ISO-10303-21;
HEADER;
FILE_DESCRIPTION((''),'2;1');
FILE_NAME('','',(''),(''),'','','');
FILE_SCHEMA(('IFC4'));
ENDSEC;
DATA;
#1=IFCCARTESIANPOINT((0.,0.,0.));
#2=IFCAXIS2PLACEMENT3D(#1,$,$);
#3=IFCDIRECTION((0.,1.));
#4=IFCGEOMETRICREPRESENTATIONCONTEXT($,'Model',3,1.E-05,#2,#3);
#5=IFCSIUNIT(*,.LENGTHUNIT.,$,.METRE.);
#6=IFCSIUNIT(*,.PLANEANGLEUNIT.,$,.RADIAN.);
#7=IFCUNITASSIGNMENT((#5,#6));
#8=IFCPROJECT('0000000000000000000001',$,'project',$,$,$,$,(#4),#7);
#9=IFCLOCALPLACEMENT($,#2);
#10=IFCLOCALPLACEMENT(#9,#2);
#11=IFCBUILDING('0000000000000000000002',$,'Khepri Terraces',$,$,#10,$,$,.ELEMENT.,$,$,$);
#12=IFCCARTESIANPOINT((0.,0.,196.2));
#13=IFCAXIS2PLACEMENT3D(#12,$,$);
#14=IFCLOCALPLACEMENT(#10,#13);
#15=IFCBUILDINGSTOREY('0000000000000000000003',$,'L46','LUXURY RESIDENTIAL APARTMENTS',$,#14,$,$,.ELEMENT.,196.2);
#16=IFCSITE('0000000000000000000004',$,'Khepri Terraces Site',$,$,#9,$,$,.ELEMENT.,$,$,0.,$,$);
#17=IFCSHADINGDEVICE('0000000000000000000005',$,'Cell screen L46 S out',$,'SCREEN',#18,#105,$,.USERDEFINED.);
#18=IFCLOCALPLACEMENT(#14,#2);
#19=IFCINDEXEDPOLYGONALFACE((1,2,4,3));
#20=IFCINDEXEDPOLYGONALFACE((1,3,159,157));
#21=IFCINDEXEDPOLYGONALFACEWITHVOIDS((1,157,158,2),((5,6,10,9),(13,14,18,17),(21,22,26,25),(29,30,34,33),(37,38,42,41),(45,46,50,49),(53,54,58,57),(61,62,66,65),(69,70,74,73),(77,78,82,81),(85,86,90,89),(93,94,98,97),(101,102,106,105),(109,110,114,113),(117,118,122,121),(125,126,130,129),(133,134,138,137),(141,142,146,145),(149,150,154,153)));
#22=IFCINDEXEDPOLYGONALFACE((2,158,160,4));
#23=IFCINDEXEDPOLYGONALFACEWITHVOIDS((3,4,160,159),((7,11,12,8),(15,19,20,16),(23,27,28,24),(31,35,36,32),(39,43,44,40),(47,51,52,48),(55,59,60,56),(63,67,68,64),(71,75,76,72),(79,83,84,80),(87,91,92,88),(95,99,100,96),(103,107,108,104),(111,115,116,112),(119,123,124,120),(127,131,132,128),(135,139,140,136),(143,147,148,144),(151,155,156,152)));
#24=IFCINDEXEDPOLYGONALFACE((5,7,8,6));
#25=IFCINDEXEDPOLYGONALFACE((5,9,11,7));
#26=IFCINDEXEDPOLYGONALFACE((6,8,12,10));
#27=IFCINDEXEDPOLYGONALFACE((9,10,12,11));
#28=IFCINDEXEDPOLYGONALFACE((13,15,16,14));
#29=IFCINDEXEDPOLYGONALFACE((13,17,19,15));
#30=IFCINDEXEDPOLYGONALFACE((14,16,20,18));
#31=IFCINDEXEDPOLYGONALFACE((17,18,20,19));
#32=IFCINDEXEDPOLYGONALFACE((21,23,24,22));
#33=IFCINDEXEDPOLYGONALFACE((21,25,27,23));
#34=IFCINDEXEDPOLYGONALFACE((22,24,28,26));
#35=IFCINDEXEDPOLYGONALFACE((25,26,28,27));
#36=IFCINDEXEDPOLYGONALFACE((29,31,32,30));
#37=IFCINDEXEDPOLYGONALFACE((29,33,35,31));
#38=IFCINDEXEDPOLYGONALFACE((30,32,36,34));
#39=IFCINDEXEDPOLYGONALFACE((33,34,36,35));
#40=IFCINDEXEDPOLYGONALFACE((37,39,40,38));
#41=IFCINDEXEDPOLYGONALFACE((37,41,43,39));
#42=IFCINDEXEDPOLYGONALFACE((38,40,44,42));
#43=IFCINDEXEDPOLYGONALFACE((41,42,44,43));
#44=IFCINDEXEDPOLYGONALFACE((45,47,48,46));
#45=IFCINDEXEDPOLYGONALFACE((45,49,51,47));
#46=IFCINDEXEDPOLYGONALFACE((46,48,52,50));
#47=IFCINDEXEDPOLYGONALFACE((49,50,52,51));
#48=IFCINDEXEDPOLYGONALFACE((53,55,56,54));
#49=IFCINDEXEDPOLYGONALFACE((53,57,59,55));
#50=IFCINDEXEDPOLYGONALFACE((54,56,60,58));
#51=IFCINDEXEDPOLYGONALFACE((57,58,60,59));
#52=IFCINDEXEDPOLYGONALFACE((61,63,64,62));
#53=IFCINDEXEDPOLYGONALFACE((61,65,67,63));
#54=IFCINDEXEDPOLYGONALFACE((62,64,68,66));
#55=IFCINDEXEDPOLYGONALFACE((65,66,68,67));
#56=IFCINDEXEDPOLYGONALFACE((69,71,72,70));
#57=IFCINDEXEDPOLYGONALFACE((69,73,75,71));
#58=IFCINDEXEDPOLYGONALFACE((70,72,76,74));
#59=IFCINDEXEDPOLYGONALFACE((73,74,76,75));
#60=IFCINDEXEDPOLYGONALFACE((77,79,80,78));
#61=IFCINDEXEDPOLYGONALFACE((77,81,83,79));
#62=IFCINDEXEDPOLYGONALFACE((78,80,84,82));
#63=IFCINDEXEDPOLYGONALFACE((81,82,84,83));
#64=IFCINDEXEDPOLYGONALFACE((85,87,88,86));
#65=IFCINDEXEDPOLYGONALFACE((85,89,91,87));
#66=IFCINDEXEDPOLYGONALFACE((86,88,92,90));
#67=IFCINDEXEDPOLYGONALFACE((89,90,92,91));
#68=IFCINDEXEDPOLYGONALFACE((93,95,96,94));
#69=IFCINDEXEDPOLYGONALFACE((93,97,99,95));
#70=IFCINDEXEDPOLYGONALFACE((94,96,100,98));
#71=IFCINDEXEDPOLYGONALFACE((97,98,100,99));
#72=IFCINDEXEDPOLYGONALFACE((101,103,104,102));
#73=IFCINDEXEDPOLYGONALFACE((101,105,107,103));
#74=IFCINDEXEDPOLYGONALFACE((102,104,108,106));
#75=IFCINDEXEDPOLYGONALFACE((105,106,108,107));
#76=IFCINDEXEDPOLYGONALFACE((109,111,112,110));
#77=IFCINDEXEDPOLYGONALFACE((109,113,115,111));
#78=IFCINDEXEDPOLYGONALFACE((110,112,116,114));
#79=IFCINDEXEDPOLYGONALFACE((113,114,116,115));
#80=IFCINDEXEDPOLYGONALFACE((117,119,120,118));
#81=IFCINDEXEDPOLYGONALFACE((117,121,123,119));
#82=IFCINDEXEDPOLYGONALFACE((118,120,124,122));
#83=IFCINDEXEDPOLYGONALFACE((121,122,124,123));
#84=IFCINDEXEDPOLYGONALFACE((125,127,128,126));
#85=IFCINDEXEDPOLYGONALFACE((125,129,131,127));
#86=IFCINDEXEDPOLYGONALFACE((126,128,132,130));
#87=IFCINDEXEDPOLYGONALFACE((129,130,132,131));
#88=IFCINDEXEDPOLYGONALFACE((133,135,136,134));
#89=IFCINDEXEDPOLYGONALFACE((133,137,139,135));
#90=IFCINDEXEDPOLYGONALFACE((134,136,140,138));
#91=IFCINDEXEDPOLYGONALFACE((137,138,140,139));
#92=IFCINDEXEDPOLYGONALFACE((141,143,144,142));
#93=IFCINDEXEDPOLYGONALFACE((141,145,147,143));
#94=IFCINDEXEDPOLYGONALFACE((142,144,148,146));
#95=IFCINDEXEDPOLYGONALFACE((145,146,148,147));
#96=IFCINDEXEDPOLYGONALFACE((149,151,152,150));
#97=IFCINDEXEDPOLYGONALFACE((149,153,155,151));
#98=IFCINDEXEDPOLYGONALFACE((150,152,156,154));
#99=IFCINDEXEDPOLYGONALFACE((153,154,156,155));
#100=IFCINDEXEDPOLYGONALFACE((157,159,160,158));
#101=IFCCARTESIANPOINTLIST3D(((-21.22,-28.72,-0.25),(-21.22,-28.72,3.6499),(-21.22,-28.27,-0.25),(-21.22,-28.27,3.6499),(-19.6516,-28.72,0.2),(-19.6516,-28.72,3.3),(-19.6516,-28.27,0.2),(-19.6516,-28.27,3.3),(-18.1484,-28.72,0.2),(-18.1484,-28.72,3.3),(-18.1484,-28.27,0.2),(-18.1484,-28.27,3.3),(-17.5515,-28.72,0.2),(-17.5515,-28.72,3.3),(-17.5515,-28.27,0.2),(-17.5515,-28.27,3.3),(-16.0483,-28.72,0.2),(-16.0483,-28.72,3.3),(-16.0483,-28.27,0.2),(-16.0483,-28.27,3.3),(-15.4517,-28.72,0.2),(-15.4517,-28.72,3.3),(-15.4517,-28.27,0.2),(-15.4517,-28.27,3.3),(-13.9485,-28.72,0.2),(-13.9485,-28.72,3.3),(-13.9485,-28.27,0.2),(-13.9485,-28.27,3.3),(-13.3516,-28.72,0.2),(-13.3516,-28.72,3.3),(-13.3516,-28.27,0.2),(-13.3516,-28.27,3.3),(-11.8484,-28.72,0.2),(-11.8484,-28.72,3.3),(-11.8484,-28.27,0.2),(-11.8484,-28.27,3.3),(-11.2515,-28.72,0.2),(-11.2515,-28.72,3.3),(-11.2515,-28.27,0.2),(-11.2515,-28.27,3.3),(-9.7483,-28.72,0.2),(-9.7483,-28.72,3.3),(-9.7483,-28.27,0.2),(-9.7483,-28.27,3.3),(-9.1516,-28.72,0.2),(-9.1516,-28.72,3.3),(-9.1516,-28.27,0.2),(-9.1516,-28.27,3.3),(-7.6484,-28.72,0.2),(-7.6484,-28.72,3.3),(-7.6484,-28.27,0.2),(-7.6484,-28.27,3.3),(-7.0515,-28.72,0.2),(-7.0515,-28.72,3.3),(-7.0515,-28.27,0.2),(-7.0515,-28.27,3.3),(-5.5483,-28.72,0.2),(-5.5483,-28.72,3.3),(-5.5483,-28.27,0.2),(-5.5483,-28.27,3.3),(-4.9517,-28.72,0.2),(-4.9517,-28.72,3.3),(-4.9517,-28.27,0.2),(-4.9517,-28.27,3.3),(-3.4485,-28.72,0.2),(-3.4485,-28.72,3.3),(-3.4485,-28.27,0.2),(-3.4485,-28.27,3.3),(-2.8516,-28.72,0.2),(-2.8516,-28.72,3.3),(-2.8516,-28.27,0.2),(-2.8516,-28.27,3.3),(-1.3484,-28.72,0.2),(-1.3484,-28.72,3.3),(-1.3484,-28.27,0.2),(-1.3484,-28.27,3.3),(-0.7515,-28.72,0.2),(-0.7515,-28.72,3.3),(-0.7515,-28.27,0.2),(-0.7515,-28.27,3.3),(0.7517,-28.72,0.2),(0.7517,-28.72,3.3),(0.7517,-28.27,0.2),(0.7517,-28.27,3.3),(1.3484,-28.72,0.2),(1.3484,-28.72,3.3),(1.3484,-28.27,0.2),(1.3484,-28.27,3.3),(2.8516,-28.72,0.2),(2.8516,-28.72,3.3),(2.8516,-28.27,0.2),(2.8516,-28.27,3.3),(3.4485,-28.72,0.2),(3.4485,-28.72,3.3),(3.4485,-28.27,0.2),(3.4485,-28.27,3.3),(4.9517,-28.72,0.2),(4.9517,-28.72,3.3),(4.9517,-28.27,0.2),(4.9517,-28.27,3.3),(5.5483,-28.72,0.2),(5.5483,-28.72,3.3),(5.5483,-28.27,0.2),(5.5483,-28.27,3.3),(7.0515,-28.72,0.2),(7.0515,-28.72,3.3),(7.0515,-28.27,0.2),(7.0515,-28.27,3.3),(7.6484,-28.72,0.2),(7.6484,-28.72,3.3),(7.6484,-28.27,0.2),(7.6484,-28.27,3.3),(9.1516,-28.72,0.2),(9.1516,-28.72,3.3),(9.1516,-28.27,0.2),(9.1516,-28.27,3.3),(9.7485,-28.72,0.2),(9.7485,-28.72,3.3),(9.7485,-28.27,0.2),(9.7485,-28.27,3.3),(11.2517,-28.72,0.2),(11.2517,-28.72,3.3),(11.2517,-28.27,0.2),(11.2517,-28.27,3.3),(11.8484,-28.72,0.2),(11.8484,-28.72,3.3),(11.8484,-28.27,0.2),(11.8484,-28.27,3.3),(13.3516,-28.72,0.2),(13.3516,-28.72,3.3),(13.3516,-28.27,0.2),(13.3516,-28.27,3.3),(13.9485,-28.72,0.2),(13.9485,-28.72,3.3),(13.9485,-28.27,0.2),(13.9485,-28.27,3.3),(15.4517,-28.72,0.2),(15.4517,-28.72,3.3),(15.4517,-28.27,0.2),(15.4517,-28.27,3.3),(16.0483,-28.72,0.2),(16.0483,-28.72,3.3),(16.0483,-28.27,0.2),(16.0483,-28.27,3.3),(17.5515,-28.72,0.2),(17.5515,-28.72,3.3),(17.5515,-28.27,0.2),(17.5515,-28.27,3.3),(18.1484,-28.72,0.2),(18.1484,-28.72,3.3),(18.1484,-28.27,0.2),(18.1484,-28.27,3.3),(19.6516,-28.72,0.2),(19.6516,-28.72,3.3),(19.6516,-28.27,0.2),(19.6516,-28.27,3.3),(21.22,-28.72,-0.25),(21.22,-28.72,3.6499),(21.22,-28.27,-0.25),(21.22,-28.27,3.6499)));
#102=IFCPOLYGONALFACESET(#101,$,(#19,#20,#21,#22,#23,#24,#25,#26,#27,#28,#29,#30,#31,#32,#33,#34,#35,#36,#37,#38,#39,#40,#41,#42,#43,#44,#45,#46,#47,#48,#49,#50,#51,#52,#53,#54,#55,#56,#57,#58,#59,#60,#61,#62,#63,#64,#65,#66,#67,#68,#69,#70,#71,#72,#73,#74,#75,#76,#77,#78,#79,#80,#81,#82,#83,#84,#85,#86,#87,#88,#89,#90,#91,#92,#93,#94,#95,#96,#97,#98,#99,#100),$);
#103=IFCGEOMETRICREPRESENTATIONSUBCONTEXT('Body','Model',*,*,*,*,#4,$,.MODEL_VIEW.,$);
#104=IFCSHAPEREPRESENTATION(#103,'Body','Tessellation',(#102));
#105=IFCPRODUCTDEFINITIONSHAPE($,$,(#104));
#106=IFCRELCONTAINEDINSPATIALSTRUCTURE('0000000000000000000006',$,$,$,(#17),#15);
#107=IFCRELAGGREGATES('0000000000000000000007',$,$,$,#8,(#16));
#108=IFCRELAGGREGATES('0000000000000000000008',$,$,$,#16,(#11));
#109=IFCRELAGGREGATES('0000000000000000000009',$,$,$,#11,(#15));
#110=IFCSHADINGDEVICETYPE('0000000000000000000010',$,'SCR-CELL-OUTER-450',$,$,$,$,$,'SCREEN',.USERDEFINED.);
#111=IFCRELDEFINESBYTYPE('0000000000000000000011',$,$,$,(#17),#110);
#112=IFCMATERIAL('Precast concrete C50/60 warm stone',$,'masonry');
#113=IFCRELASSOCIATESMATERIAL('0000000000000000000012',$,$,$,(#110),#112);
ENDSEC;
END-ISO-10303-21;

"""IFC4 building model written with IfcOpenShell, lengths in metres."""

from ifc_helpers import new_model, si_unit, direction, frame, origin, place, context, subcontext, project, spatial, polyline, outline, extrude, material, type_object, element, save


model = new_model("IFC4")

# Units and contexts
model_context = context("Model", 3, precision=1e-05, world=origin(), true_north=direction((0.0, 1.0)))
body_context = subcontext(model_context, "Body", "Model", "MODEL_VIEW")
ifc_project = project(units=[si_unit("LENGTHUNIT", "METRE"), si_unit("PLANEANGLEUNIT", "RADIAN")], contexts=[model_context])

# Site, building, storey
site_placement = place(None, origin())
site = spatial("IfcSite", under=ifc_project, at=site_placement, Name="Khepri Terraces Site", CompositionType="ELEMENT", RefElevation=0.0)
building_placement = place(site_placement, origin())
building = spatial("IfcBuilding", under=site, at=building_placement, Name="Khepri Terraces", CompositionType="ELEMENT")
storey_placement = place(building_placement, frame((0.0, 0.0, 196.2)))
storey = spatial("IfcBuildingStorey", under=building, at=storey_placement, Name="L46", Description="LUXURY RESIDENTIAL APARTMENTS", CompositionType="ELEMENT", Elevation=196.2)

# Shared definitions
ifc_material_1 = material(Name="Precast concrete C50/60 warm stone", Category="masonry")

# Shading device
shading_device_type_1 = type_object("IfcShadingDeviceType", Name="SCR-CELL-OUTER-450", ElementType="SCREEN", PredefinedType="USERDEFINED", material=ifc_material_1)
shading_device_1_placement = place(storey_placement, frame((-21.22, -28.27, -0.25), z_axis=(0.0, -1.0, 0.0), x_axis=(1.0, 0.0, 0.0)))
element("IfcShadingDevice", 1, at=shading_device_1_placement, inside=storey, type_object=shading_device_type_1, Name="Cell screen L46 S out", ObjectType="SCREEN", PredefinedType="USERDEFINED", context=body_context, shape_type="SweptSolid", body=[
    extrude(outline(polyline([(0.0, 0.0), (42.4399, 0.0), (42.4399, 3.8999), (0.0, 3.8999), (0.0, 0.0)]), holes=[polyline([(1.5684, 0.45), (3.0715, 0.45), (3.0715, 3.55), (1.5684, 3.55), (1.5684, 0.45)]), polyline([(3.6685, 0.45), (5.1716, 0.45), (5.1716, 3.55), (3.6685, 3.55), (3.6685, 0.45)]), polyline([(5.7683, 0.45), (7.2715, 0.45), (7.2715, 3.55), (5.7683, 3.55), (5.7683, 0.45)]), polyline([(7.8684, 0.45), (9.3716, 0.45), (9.3716, 3.55), (7.8684, 3.55), (7.8684, 0.45)]), polyline([(9.9685, 0.45), (11.4717, 0.45), (11.4717, 3.55), (9.9685, 3.55), (9.9685, 0.45)]), polyline([(12.0684, 0.45), (13.5715, 0.45), (13.5715, 3.55), (12.0684, 3.55), (12.0684, 0.45)]), polyline([(14.1685, 0.45), (15.6716, 0.45), (15.6716, 3.55), (14.1685, 3.55), (14.1685, 0.45)]), polyline([(16.2683, 0.45), (17.7715, 0.45), (17.7715, 3.55), (16.2683, 3.55), (16.2683, 0.45)]), polyline([(18.3684, 0.45), (19.8716, 0.45), (19.8716, 3.55), (18.3684, 3.55), (18.3684, 0.45)]), polyline([(20.4685, 0.45), (21.9717, 0.45), (21.9717, 3.55), (20.4685, 3.55), (20.4685, 0.45)]), polyline([(22.5684, 0.45), (24.0715, 0.45), (24.0715, 3.55), (22.5684, 3.55), (22.5684, 0.45)]), polyline([(24.6685, 0.45), (26.1716, 0.45), (26.1716, 3.55), (24.6685, 3.55), (24.6685, 0.45)]), polyline([(26.7683, 0.45), (28.2715, 0.45), (28.2715, 3.55), (26.7683, 3.55), (26.7683, 0.45)]), polyline([(28.8684, 0.45), (30.3716, 0.45), (30.3716, 3.55), (28.8684, 3.55), (28.8684, 0.45)]), polyline([(30.9685, 0.45), (32.4717, 0.45), (32.4717, 3.55), (30.9685, 3.55), (30.9685, 0.45)]), polyline([(33.0684, 0.45), (34.5715, 0.45), (34.5715, 3.55), (33.0684, 3.55), (33.0684, 0.45)]), polyline([(35.1685, 0.45), (36.6716, 0.45), (36.6716, 3.55), (35.1685, 3.55), (35.1685, 0.45)]), polyline([(37.2683, 0.45), (38.7715, 0.45), (38.7715, 3.55), (37.2683, 3.55), (37.2683, 0.45)]), polyline([(39.3684, 0.45), (40.8716, 0.45), (40.8716, 3.55), (39.3684, 3.55), (39.3684, 0.45)])]), origin(), (0.0, 0.0, 1.0), 0.45),
])

save(model, "model.ifc")
